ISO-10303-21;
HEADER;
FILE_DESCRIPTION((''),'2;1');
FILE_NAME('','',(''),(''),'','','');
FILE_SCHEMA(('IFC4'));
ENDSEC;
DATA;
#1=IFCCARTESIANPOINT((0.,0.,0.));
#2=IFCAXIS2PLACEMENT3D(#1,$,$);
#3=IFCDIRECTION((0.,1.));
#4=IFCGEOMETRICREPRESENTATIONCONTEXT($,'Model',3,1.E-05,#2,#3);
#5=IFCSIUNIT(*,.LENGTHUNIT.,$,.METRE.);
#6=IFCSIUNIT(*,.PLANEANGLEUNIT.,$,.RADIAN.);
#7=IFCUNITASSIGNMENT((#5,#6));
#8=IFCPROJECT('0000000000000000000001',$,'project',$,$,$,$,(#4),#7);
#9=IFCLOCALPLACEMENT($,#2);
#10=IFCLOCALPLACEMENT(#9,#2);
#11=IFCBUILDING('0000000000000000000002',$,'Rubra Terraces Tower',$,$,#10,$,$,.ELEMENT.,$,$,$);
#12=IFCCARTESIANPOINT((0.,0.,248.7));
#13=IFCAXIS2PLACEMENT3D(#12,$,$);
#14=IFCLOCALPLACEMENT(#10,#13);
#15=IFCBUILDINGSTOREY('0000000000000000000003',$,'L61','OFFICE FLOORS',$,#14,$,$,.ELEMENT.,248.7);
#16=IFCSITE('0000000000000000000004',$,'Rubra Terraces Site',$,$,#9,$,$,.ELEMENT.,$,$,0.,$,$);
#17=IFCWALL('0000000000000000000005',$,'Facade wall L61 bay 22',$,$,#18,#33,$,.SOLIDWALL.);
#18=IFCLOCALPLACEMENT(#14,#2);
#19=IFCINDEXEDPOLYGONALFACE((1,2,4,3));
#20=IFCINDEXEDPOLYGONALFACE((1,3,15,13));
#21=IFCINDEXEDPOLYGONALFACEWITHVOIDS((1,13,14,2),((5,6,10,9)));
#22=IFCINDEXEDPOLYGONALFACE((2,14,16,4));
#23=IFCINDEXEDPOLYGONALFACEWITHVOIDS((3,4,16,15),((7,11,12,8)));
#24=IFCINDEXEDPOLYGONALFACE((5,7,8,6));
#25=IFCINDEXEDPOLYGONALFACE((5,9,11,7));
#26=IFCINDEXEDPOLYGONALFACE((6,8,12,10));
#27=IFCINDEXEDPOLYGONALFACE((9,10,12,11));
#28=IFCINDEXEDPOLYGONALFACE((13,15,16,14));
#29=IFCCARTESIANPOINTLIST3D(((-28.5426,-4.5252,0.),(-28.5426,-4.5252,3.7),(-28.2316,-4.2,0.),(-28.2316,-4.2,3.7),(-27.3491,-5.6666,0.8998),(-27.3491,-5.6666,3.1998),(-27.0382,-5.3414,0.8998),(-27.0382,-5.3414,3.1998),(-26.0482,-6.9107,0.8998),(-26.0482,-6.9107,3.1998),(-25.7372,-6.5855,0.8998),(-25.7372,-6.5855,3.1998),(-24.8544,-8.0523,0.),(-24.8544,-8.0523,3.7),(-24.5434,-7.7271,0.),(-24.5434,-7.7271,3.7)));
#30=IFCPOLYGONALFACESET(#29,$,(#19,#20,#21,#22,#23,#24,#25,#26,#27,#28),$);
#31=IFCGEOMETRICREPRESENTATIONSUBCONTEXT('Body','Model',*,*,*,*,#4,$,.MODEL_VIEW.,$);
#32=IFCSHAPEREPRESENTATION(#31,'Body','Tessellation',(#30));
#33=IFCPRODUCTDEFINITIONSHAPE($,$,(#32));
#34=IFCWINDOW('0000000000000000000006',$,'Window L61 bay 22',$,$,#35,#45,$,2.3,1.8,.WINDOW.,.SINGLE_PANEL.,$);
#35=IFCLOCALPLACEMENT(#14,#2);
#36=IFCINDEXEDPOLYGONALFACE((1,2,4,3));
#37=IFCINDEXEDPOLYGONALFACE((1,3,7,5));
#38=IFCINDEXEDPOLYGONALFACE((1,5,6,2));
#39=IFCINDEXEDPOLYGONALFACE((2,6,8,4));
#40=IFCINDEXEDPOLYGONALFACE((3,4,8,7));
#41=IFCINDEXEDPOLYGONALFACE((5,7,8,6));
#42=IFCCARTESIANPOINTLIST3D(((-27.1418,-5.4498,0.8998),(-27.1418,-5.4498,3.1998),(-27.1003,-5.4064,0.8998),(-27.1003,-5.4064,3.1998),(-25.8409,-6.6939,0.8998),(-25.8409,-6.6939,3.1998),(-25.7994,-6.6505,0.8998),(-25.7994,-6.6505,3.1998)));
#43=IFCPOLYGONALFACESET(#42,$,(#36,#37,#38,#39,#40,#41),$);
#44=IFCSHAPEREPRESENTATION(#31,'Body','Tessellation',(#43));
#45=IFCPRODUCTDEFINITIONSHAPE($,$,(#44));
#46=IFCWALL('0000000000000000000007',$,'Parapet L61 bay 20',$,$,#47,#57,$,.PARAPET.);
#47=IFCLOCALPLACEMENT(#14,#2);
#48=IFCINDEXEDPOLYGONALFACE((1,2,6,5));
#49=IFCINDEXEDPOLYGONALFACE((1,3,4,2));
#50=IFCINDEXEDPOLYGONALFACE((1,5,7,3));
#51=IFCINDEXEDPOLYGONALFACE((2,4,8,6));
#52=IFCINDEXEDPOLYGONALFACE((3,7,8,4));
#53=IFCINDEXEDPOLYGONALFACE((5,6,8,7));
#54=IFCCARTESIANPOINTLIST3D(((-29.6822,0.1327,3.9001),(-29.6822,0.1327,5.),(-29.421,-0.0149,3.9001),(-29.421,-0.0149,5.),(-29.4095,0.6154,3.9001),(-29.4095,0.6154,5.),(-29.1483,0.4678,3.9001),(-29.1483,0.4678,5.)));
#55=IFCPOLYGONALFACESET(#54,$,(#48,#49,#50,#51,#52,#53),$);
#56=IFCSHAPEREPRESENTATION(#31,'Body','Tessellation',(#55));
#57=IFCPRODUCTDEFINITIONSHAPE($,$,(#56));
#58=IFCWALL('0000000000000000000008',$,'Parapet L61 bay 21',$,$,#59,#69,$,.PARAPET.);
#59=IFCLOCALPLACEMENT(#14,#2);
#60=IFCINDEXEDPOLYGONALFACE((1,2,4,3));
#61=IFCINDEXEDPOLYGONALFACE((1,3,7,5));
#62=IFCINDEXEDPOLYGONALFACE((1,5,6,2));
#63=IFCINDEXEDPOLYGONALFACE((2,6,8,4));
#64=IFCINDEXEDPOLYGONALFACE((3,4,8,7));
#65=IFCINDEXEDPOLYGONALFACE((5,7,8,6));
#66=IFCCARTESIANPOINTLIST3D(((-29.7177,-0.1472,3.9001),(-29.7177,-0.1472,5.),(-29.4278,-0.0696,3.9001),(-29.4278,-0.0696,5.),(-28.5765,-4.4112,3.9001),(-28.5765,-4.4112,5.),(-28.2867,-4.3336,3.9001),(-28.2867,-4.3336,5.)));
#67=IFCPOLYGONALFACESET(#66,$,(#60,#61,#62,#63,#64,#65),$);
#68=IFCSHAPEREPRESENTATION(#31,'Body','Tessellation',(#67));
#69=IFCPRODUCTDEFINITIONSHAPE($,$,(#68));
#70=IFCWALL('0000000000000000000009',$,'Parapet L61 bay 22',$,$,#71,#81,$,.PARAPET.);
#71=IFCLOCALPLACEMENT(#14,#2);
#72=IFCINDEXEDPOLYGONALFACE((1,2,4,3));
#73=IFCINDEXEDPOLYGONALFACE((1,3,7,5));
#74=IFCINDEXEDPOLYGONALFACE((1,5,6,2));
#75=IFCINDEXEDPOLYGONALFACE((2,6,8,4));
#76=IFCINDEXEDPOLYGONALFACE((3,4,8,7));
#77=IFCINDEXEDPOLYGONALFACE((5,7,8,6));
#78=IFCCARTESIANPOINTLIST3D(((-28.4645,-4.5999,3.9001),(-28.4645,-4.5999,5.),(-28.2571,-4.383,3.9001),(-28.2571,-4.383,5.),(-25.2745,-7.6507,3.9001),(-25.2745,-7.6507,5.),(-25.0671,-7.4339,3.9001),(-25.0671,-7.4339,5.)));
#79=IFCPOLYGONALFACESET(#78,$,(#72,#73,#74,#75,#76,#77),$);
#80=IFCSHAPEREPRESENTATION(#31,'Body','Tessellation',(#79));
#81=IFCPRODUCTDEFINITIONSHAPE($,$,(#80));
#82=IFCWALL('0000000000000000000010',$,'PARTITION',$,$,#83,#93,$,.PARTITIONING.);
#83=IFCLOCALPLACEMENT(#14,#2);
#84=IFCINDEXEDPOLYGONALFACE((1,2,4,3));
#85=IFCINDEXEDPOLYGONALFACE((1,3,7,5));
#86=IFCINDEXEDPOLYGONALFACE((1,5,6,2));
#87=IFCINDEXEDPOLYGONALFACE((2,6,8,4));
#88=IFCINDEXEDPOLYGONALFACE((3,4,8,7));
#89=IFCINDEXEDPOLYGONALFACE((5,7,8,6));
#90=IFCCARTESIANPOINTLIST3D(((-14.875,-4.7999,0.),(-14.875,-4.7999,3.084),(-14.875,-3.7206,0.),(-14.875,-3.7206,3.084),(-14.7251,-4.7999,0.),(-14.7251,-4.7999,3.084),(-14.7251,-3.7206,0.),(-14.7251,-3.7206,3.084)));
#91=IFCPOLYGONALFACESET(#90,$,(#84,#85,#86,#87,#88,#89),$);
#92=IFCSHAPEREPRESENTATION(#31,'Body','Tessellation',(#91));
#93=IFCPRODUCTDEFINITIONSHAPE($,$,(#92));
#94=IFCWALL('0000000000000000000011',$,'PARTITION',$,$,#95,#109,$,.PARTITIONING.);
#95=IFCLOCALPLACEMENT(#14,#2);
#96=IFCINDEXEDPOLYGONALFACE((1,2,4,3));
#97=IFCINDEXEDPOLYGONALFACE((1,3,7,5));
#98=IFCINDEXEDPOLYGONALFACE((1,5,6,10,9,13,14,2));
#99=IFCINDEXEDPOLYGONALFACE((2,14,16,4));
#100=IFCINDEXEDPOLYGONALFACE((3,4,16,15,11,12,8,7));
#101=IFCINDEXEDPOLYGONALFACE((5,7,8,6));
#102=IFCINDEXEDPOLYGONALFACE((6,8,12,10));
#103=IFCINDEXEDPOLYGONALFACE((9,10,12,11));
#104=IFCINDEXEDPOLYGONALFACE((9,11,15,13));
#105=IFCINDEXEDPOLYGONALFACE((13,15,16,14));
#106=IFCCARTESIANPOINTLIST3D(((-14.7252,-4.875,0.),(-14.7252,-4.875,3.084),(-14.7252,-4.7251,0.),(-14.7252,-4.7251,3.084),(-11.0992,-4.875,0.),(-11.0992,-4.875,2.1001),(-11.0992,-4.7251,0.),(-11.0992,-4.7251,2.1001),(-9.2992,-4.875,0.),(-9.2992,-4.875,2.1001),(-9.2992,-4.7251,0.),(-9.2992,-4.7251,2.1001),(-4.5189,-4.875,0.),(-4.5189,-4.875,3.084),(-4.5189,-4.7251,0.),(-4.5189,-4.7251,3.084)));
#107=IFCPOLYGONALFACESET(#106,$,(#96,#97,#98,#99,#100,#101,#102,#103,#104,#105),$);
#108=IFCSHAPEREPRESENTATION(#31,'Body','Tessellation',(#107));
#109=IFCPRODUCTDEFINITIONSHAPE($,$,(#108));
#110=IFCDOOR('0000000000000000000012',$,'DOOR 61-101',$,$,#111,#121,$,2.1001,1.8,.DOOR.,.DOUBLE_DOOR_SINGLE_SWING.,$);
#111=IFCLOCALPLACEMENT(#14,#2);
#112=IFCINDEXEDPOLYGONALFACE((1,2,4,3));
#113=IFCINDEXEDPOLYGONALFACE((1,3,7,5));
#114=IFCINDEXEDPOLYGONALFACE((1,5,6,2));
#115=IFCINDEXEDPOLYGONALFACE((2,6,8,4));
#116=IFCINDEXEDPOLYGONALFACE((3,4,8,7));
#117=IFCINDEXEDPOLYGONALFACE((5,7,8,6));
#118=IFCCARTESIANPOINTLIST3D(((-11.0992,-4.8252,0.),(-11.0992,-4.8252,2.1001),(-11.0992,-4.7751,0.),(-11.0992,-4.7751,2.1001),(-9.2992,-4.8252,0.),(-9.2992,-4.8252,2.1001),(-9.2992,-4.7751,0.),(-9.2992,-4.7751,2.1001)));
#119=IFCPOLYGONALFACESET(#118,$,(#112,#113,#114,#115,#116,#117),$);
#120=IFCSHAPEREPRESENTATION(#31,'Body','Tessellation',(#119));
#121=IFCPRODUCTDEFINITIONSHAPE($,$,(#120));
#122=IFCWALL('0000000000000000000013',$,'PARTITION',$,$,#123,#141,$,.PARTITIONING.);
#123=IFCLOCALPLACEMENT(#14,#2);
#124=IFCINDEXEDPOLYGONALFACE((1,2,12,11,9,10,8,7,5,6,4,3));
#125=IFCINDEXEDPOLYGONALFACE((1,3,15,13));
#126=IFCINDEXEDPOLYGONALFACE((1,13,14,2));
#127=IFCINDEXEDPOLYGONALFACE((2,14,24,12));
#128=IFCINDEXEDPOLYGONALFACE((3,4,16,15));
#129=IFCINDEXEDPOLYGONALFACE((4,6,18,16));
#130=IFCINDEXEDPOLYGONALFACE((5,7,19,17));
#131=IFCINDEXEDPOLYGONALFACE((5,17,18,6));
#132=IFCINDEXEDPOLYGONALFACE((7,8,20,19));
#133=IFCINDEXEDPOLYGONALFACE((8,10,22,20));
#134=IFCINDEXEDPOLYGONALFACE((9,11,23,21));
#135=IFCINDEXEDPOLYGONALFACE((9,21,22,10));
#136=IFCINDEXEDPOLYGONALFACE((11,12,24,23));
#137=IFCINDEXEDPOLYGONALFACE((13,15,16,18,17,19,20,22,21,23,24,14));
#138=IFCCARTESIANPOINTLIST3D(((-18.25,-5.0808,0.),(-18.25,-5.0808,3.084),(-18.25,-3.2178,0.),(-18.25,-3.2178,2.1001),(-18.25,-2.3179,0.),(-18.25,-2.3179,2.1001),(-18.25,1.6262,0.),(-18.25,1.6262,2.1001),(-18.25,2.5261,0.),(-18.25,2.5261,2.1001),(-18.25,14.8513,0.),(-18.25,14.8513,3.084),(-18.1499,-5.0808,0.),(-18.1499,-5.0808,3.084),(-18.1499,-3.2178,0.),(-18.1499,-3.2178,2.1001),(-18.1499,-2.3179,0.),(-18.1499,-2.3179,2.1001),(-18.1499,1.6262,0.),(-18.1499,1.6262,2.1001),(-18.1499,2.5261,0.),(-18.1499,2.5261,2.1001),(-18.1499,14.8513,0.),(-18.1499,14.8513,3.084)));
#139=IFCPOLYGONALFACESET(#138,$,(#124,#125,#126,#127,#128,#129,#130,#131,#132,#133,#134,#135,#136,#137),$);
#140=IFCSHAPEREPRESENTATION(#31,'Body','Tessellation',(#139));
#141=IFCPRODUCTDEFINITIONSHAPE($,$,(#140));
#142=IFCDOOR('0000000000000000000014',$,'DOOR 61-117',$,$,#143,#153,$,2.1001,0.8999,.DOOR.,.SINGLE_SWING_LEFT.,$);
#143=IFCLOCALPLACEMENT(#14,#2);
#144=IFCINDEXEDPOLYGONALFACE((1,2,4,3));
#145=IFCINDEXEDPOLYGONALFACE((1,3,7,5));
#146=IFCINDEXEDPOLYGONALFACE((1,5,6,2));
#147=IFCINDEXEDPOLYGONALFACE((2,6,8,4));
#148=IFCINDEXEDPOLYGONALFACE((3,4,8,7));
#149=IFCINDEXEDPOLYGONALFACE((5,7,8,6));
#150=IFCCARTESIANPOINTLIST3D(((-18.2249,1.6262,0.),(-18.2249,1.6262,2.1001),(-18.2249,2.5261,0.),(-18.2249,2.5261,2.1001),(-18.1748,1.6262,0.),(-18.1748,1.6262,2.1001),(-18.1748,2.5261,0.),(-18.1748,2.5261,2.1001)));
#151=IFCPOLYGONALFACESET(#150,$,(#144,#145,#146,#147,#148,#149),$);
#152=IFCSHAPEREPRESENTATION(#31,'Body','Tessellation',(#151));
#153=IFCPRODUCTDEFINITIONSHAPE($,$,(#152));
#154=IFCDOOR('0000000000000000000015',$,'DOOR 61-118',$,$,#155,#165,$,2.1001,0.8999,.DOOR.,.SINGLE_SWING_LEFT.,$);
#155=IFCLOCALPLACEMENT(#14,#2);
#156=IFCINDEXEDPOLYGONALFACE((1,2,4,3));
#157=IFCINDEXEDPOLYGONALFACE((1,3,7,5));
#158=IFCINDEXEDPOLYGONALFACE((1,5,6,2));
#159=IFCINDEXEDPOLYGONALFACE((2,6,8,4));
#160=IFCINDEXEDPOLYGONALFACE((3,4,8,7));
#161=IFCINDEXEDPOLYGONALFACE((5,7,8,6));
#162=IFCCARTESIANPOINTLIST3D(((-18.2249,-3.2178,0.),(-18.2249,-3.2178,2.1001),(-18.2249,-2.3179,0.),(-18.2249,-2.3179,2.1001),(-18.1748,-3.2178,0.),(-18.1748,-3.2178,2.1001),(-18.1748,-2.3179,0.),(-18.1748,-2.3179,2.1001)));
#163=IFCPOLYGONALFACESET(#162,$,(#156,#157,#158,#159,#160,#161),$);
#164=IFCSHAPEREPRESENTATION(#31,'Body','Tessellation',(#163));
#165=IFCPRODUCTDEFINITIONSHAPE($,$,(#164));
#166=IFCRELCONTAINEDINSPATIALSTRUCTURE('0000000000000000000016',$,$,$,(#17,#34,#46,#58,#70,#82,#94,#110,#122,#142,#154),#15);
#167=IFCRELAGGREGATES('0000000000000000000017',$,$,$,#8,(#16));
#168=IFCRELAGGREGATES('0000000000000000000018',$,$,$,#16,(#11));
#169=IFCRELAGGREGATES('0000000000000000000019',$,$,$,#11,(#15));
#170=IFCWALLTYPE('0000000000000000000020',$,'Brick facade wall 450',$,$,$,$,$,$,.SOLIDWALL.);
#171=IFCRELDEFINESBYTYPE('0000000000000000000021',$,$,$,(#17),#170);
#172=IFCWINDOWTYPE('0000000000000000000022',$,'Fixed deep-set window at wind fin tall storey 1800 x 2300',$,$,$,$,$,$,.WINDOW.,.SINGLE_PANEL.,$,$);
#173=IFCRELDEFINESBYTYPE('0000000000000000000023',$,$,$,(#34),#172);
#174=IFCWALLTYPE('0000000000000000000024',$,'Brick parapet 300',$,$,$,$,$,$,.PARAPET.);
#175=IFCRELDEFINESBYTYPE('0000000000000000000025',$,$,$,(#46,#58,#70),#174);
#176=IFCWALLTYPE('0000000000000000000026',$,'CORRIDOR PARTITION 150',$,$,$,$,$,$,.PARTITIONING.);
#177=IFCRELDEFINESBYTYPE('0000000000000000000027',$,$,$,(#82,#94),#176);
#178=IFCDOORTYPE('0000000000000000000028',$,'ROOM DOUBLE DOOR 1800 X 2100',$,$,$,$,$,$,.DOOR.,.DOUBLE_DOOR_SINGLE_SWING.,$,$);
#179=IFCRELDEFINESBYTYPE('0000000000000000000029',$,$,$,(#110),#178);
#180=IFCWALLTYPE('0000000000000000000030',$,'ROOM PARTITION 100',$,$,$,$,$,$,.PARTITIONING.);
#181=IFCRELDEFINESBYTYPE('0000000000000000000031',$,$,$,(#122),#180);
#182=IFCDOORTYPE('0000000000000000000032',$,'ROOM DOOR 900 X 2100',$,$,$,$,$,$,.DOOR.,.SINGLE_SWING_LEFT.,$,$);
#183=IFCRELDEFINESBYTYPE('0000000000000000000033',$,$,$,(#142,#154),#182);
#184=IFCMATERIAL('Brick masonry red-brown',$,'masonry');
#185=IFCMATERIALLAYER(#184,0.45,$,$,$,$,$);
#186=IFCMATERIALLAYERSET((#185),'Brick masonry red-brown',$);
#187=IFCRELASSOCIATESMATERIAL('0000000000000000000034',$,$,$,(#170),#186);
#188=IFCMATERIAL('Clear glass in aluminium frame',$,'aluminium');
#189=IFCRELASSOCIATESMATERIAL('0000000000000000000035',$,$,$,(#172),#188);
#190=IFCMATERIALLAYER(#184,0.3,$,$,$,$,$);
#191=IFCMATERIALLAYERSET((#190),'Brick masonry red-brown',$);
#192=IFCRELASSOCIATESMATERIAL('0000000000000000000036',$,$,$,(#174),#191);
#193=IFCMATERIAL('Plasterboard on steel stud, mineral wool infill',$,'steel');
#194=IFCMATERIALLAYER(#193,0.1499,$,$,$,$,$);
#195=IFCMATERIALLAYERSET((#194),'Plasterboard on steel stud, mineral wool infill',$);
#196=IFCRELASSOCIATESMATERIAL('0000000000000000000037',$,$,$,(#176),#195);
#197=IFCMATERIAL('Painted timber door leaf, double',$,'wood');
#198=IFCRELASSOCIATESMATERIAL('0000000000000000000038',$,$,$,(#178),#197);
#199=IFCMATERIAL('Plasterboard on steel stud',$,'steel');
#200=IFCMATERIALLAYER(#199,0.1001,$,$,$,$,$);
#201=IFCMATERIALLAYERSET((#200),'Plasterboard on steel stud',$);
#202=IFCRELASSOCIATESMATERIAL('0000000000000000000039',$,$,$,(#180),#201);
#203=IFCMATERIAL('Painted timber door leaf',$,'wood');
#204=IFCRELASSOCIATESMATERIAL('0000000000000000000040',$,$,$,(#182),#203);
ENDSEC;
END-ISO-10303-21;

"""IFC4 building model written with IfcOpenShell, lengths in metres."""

from ifc_helpers import new_model, si_unit, direction, frame, frame_2d, origin, place, context, subcontext, project, spatial, rectangle, extrude, material, layer, layer_set, type_object, element, fill, save


model = new_model("IFC4")

# Units and contexts
model_context = context("Model", 3, precision=1e-05, world=origin(), true_north=direction((0.0, 1.0)))
body_context = subcontext(model_context, "Body", "Model", "MODEL_VIEW")
ifc_project = project(units=[si_unit("LENGTHUNIT", "METRE"), si_unit("PLANEANGLEUNIT", "RADIAN")], contexts=[model_context])

# Site, building, storey
site_placement = place(None, origin())
site = spatial("IfcSite", under=ifc_project, at=site_placement, Name="Rubra Terraces Site", CompositionType="ELEMENT", RefElevation=0.0)
building_placement = place(site_placement, origin())
building = spatial("IfcBuilding", under=site, at=building_placement, Name="Rubra Terraces Tower", CompositionType="ELEMENT")
storey_placement = place(building_placement, frame((0.0, 0.0, 248.7)))
storey = spatial("IfcBuildingStorey", under=building, at=storey_placement, Name="L61", Description="OFFICE FLOORS", CompositionType="ELEMENT", Elevation=248.7)

# Wall, opening, window
ifc_material_1 = material(Name="Brick masonry red-brown", Category="masonry")
ifc_layer_1 = layer(ifc_material_1, 0.45)
ifc_layer_set_1 = layer_set([ifc_layer_1], Name="Brick masonry red-brown")
wall_type_1 = type_object("IfcWallType", Name="Brick facade wall 450", PredefinedType="SOLIDWALL", material=ifc_layer_set_1)
ifc_material_2 = material(Name="Clear glass in aluminium frame", Category="aluminium")
wall_1_placement = place(storey_placement, frame((-28.3872, -4.3625, 0.0), z_axis=(0.0, 0.0, 1.0), x_axis=(0.722718, -0.691143, 0.0)))
wall_1 = element("IfcWall", 1, at=wall_1_placement, inside=storey, type_object=wall_type_1, Name="Facade wall L61 bay 22", PredefinedType="SOLIDWALL", context=body_context, shape_type="SweptSolid", body=[
    extrude(rectangle(XDim=5.1033, YDim=0.45, at=frame_2d((2.5518, 0.0))), origin(), (0.0, 0.0, 1.0), 3.7),
])
opening_1_placement = place(wall_1_placement, frame((1.6516, 0.0, 0.8999)))
opening_1 = element("IfcOpeningElement", 2, at=opening_1_placement, cuts=wall_1, PredefinedType="OPENING", context=body_context, shape_type="SweptSolid", body=[
    extrude(rectangle(XDim=1.8, YDim=2.3, at=frame_2d((0.8999, 1.1499))), frame((0.0, 0.2349, 0.0), z_axis=(0.0, -1.0, 0.0), x_axis=(1.0, 0.0, 0.0)), (0.0, 0.0, 1.0), 0.47),
])
window_type_1 = type_object("IfcWindowType", Name="Fixed deep-set window at wind fin tall storey 1800 x 2300", PartitioningType="SINGLE_PANEL", PredefinedType="WINDOW", material=ifc_material_2)
window_1_placement = place(opening_1_placement, origin())
window_1 = element("IfcWindow", 3, at=window_1_placement, inside=storey, type_object=window_type_1, Name="Window L61 bay 22", OverallHeight=2.3, OverallWidth=1.8, PartitioningType="SINGLE_PANEL", PredefinedType="WINDOW", context=body_context, shape_type="SweptSolid", body=[
    extrude(rectangle(XDim=1.8, YDim=2.3, at=frame_2d((0.8999, 1.1499))), frame((0.0, 0.135, 0.0), z_axis=(0.0, -1.0, 0.0), x_axis=(1.0, 0.0, 0.0)), (0.0, 0.0, 1.0), 0.0601),
])
fill(opening_1, window_1)

# Walls
ifc_layer_2 = layer(ifc_material_1, 0.3)
ifc_layer_set_2 = layer_set([ifc_layer_2], Name="Brick masonry red-brown")
wall_type_2 = type_object("IfcWallType", Name="Brick parapet 300", PredefinedType="PARAPET", material=ifc_layer_set_2)
wall_2_placement = place(storey_placement, frame((-29.2788, 0.5417, 3.9001), z_axis=(0.0, 0.0, 1.0), x_axis=(-0.491912, -0.870645, 0.0)))
element("IfcWall", 4, at=wall_2_placement, inside=storey, type_object=wall_type_2, Name="Parapet L61 bay 20", PredefinedType="PARAPET", context=body_context, shape_type="SweptSolid", body=[
    extrude(rectangle(XDim=0.5544, YDim=0.3, at=frame_2d((0.2773, 0.0))), origin(), (0.0, 0.0, 1.0), 1.0999),
])
for number, where, z_axis, x_axis, name in (
    (5, (-29.5728, -0.1084, 3.9001), (0.0, 0.0, 1.0), (0.258523, -0.966005, 0.0), "Parapet L61 bay 21"),
    (6, (-28.3608, -4.4915, 3.9001), (0.0, 0.0, 1.0), (0.722695, -0.691167, 0.0), "Parapet L61 bay 22"),
):
    element("IfcWall", number, at=place(storey_placement, frame(where, z_axis=z_axis, x_axis=x_axis)), inside=storey, type_object=wall_type_2, Name=name, PredefinedType="PARAPET", context=body_context, shape_type="SweptSolid", body=[
        extrude(rectangle(XDim=4.4141, YDim=0.3, at=frame_2d((2.207, 0.0))), origin(), (0.0, 0.0, 1.0), 1.0999),
    ])
ifc_material_3 = material(Name="Plasterboard on steel stud, mineral wool infill", Category="steel")
ifc_layer_3 = layer(ifc_material_3, 0.1499)
ifc_layer_set_3 = layer_set([ifc_layer_3], Name="Plasterboard on steel stud, mineral wool infill")
wall_type_3 = type_object("IfcWallType", Name="CORRIDOR PARTITION 150", PredefinedType="PARTITIONING", material=ifc_layer_set_3)
wall_3_placement = place(storey_placement, frame((-14.8, -3.7207, 0.0), z_axis=(0.0, 0.0, 1.0), x_axis=(0.0, -1.0, 0.0)))
element("IfcWall", 7, at=wall_3_placement, inside=storey, type_object=wall_type_3, Name="PARTITION", PredefinedType="PARTITIONING", context=body_context, shape_type="SweptSolid", body=[
    extrude(rectangle(XDim=1.0793, YDim=0.1499, at=frame_2d((0.5396, 0.0))), origin(), (0.0, 0.0, 1.0), 3.084),
])

# Wall, opening, door
wall_4_placement = place(storey_placement, frame((-14.7251, -4.8, 0.0), z_axis=(0.0, 0.0, 1.0), x_axis=(1.0, 0.0, 0.0)))
wall_4 = element("IfcWall", 8, at=wall_4_placement, inside=storey, type_object=wall_type_3, Name="PARTITION", PredefinedType="PARTITIONING", context=body_context, shape_type="SweptSolid", body=[
    extrude(rectangle(XDim=10.2063, YDim=0.1499, at=frame_2d((5.103, 0.0))), origin(), (0.0, 0.0, 1.0), 3.084),
])
opening_2_placement = place(wall_4_placement, frame((3.626, 0.0, 0.0)))
opening_2 = element("IfcOpeningElement", 9, at=opening_2_placement, cuts=wall_4, PredefinedType="OPENING", context=body_context, shape_type="SweptSolid", body=[
    extrude(rectangle(XDim=1.8, YDim=2.1001, at=frame_2d((0.8999, 1.05))), frame((0.0, 0.085, 0.0), z_axis=(0.0, -1.0, 0.0), x_axis=(1.0, 0.0, 0.0)), (0.0, 0.0, 1.0), 0.1699),
])
ifc_material_4 = material(Name="Painted timber door leaf, double", Category="wood")
door_type_1 = type_object("IfcDoorType", Name="ROOM DOUBLE DOOR 1800 X 2100", OperationType="DOUBLE_DOOR_SINGLE_SWING", PredefinedType="DOOR", material=ifc_material_4)
door_1_placement = place(opening_2_placement, origin())
door_1 = element("IfcDoor", 10, at=door_1_placement, inside=storey, type_object=door_type_1, Name="DOOR 61-101", OperationType="DOUBLE_DOOR_SINGLE_SWING", OverallHeight=2.1001, OverallWidth=1.8, PredefinedType="DOOR", context=body_context, shape_type="SweptSolid", body=[
    extrude(rectangle(XDim=1.8, YDim=2.1001, at=frame_2d((0.8999, 1.05))), frame((0.0, 0.0249, 0.0), z_axis=(0.0, -1.0, 0.0), x_axis=(1.0, 0.0, 0.0)), (0.0, 0.0, 1.0), 0.05),
])
fill(opening_2, door_1)

# Wall, openings, doors
ifc_material_5 = material(Name="Plasterboard on steel stud", Category="steel")
ifc_layer_4 = layer(ifc_material_5, 0.1001)
ifc_layer_set_4 = layer_set([ifc_layer_4], Name="Plasterboard on steel stud")
wall_type_4 = type_object("IfcWallType", Name="ROOM PARTITION 100", PredefinedType="PARTITIONING", material=ifc_layer_set_4)
wall_5_placement = place(storey_placement, frame((-18.2, -5.0808, 0.0), z_axis=(0.0, 0.0, 1.0), x_axis=(0.0, 1.0, 0.0)))
wall_5 = element("IfcWall", 11, at=wall_5_placement, inside=storey, type_object=wall_type_4, Name="PARTITION", PredefinedType="PARTITIONING", context=body_context, shape_type="SweptSolid", body=[
    extrude(rectangle(XDim=19.9321, YDim=0.1001, at=frame_2d((9.9661, 0.0))), origin(), (0.0, 0.0, 1.0), 3.084),
])
opening_3_placement = place(wall_5_placement, frame((6.707, 0.0, 0.0)))
opening_3 = element("IfcOpeningElement", 12, at=opening_3_placement, cuts=wall_5, PredefinedType="OPENING", context=body_context, shape_type="SweptSolid", body=[
    extrude(rectangle(XDim=0.8999, YDim=2.1001, at=frame_2d((0.45, 1.05))), frame((0.0, 0.0601, 0.0), z_axis=(0.0, -1.0, 0.0), x_axis=(1.0, 0.0, 0.0)), (0.0, 0.0, 1.0), 0.1201),
])
opening_4_placement = place(wall_5_placement, frame((1.863, 0.0, 0.0)))
opening_4 = element("IfcOpeningElement", 13, at=opening_4_placement, cuts=wall_5, PredefinedType="OPENING", context=body_context, shape_type="SweptSolid", body=[
    extrude(rectangle(XDim=0.8999, YDim=2.1001, at=frame_2d((0.45, 1.05))), frame((0.0, 0.0601, 0.0), z_axis=(0.0, -1.0, 0.0), x_axis=(1.0, 0.0, 0.0)), (0.0, 0.0, 1.0), 0.1201),
])
ifc_material_6 = material(Name="Painted timber door leaf", Category="wood")
door_type_2 = type_object("IfcDoorType", Name="ROOM DOOR 900 X 2100", OperationType="SINGLE_SWING_LEFT", PredefinedType="DOOR", material=ifc_material_6)
door_2_placement = place(opening_3_placement, origin())
door_2 = element("IfcDoor", 14, at=door_2_placement, inside=storey, type_object=door_type_2, Name="DOOR 61-117", OperationType="SINGLE_SWING_LEFT", OverallHeight=2.1001, OverallWidth=0.8999, PredefinedType="DOOR", context=body_context, shape_type="SweptSolid", body=[
    extrude(rectangle(XDim=0.8999, YDim=2.1001, at=frame_2d((0.45, 1.05))), frame((0.0, 0.0249, 0.0), z_axis=(0.0, -1.0, 0.0), x_axis=(1.0, 0.0, 0.0)), (0.0, 0.0, 1.0), 0.05),
])
fill(opening_3, door_2)
door_3_placement = place(opening_4_placement, origin())
door_3 = element("IfcDoor", 15, at=door_3_placement, inside=storey, type_object=door_type_2, Name="DOOR 61-118", OperationType="SINGLE_SWING_LEFT", OverallHeight=2.1001, OverallWidth=0.8999, PredefinedType="DOOR", context=body_context, shape_type="SweptSolid", body=[
    extrude(rectangle(XDim=0.8999, YDim=2.1001, at=frame_2d((0.45, 1.05))), frame((0.0, 0.0249, 0.0), z_axis=(0.0, -1.0, 0.0), x_axis=(1.0, 0.0, 0.0)), (0.0, 0.0, 1.0), 0.05),
])
fill(opening_4, door_3)

save(model, "model.ifc")
